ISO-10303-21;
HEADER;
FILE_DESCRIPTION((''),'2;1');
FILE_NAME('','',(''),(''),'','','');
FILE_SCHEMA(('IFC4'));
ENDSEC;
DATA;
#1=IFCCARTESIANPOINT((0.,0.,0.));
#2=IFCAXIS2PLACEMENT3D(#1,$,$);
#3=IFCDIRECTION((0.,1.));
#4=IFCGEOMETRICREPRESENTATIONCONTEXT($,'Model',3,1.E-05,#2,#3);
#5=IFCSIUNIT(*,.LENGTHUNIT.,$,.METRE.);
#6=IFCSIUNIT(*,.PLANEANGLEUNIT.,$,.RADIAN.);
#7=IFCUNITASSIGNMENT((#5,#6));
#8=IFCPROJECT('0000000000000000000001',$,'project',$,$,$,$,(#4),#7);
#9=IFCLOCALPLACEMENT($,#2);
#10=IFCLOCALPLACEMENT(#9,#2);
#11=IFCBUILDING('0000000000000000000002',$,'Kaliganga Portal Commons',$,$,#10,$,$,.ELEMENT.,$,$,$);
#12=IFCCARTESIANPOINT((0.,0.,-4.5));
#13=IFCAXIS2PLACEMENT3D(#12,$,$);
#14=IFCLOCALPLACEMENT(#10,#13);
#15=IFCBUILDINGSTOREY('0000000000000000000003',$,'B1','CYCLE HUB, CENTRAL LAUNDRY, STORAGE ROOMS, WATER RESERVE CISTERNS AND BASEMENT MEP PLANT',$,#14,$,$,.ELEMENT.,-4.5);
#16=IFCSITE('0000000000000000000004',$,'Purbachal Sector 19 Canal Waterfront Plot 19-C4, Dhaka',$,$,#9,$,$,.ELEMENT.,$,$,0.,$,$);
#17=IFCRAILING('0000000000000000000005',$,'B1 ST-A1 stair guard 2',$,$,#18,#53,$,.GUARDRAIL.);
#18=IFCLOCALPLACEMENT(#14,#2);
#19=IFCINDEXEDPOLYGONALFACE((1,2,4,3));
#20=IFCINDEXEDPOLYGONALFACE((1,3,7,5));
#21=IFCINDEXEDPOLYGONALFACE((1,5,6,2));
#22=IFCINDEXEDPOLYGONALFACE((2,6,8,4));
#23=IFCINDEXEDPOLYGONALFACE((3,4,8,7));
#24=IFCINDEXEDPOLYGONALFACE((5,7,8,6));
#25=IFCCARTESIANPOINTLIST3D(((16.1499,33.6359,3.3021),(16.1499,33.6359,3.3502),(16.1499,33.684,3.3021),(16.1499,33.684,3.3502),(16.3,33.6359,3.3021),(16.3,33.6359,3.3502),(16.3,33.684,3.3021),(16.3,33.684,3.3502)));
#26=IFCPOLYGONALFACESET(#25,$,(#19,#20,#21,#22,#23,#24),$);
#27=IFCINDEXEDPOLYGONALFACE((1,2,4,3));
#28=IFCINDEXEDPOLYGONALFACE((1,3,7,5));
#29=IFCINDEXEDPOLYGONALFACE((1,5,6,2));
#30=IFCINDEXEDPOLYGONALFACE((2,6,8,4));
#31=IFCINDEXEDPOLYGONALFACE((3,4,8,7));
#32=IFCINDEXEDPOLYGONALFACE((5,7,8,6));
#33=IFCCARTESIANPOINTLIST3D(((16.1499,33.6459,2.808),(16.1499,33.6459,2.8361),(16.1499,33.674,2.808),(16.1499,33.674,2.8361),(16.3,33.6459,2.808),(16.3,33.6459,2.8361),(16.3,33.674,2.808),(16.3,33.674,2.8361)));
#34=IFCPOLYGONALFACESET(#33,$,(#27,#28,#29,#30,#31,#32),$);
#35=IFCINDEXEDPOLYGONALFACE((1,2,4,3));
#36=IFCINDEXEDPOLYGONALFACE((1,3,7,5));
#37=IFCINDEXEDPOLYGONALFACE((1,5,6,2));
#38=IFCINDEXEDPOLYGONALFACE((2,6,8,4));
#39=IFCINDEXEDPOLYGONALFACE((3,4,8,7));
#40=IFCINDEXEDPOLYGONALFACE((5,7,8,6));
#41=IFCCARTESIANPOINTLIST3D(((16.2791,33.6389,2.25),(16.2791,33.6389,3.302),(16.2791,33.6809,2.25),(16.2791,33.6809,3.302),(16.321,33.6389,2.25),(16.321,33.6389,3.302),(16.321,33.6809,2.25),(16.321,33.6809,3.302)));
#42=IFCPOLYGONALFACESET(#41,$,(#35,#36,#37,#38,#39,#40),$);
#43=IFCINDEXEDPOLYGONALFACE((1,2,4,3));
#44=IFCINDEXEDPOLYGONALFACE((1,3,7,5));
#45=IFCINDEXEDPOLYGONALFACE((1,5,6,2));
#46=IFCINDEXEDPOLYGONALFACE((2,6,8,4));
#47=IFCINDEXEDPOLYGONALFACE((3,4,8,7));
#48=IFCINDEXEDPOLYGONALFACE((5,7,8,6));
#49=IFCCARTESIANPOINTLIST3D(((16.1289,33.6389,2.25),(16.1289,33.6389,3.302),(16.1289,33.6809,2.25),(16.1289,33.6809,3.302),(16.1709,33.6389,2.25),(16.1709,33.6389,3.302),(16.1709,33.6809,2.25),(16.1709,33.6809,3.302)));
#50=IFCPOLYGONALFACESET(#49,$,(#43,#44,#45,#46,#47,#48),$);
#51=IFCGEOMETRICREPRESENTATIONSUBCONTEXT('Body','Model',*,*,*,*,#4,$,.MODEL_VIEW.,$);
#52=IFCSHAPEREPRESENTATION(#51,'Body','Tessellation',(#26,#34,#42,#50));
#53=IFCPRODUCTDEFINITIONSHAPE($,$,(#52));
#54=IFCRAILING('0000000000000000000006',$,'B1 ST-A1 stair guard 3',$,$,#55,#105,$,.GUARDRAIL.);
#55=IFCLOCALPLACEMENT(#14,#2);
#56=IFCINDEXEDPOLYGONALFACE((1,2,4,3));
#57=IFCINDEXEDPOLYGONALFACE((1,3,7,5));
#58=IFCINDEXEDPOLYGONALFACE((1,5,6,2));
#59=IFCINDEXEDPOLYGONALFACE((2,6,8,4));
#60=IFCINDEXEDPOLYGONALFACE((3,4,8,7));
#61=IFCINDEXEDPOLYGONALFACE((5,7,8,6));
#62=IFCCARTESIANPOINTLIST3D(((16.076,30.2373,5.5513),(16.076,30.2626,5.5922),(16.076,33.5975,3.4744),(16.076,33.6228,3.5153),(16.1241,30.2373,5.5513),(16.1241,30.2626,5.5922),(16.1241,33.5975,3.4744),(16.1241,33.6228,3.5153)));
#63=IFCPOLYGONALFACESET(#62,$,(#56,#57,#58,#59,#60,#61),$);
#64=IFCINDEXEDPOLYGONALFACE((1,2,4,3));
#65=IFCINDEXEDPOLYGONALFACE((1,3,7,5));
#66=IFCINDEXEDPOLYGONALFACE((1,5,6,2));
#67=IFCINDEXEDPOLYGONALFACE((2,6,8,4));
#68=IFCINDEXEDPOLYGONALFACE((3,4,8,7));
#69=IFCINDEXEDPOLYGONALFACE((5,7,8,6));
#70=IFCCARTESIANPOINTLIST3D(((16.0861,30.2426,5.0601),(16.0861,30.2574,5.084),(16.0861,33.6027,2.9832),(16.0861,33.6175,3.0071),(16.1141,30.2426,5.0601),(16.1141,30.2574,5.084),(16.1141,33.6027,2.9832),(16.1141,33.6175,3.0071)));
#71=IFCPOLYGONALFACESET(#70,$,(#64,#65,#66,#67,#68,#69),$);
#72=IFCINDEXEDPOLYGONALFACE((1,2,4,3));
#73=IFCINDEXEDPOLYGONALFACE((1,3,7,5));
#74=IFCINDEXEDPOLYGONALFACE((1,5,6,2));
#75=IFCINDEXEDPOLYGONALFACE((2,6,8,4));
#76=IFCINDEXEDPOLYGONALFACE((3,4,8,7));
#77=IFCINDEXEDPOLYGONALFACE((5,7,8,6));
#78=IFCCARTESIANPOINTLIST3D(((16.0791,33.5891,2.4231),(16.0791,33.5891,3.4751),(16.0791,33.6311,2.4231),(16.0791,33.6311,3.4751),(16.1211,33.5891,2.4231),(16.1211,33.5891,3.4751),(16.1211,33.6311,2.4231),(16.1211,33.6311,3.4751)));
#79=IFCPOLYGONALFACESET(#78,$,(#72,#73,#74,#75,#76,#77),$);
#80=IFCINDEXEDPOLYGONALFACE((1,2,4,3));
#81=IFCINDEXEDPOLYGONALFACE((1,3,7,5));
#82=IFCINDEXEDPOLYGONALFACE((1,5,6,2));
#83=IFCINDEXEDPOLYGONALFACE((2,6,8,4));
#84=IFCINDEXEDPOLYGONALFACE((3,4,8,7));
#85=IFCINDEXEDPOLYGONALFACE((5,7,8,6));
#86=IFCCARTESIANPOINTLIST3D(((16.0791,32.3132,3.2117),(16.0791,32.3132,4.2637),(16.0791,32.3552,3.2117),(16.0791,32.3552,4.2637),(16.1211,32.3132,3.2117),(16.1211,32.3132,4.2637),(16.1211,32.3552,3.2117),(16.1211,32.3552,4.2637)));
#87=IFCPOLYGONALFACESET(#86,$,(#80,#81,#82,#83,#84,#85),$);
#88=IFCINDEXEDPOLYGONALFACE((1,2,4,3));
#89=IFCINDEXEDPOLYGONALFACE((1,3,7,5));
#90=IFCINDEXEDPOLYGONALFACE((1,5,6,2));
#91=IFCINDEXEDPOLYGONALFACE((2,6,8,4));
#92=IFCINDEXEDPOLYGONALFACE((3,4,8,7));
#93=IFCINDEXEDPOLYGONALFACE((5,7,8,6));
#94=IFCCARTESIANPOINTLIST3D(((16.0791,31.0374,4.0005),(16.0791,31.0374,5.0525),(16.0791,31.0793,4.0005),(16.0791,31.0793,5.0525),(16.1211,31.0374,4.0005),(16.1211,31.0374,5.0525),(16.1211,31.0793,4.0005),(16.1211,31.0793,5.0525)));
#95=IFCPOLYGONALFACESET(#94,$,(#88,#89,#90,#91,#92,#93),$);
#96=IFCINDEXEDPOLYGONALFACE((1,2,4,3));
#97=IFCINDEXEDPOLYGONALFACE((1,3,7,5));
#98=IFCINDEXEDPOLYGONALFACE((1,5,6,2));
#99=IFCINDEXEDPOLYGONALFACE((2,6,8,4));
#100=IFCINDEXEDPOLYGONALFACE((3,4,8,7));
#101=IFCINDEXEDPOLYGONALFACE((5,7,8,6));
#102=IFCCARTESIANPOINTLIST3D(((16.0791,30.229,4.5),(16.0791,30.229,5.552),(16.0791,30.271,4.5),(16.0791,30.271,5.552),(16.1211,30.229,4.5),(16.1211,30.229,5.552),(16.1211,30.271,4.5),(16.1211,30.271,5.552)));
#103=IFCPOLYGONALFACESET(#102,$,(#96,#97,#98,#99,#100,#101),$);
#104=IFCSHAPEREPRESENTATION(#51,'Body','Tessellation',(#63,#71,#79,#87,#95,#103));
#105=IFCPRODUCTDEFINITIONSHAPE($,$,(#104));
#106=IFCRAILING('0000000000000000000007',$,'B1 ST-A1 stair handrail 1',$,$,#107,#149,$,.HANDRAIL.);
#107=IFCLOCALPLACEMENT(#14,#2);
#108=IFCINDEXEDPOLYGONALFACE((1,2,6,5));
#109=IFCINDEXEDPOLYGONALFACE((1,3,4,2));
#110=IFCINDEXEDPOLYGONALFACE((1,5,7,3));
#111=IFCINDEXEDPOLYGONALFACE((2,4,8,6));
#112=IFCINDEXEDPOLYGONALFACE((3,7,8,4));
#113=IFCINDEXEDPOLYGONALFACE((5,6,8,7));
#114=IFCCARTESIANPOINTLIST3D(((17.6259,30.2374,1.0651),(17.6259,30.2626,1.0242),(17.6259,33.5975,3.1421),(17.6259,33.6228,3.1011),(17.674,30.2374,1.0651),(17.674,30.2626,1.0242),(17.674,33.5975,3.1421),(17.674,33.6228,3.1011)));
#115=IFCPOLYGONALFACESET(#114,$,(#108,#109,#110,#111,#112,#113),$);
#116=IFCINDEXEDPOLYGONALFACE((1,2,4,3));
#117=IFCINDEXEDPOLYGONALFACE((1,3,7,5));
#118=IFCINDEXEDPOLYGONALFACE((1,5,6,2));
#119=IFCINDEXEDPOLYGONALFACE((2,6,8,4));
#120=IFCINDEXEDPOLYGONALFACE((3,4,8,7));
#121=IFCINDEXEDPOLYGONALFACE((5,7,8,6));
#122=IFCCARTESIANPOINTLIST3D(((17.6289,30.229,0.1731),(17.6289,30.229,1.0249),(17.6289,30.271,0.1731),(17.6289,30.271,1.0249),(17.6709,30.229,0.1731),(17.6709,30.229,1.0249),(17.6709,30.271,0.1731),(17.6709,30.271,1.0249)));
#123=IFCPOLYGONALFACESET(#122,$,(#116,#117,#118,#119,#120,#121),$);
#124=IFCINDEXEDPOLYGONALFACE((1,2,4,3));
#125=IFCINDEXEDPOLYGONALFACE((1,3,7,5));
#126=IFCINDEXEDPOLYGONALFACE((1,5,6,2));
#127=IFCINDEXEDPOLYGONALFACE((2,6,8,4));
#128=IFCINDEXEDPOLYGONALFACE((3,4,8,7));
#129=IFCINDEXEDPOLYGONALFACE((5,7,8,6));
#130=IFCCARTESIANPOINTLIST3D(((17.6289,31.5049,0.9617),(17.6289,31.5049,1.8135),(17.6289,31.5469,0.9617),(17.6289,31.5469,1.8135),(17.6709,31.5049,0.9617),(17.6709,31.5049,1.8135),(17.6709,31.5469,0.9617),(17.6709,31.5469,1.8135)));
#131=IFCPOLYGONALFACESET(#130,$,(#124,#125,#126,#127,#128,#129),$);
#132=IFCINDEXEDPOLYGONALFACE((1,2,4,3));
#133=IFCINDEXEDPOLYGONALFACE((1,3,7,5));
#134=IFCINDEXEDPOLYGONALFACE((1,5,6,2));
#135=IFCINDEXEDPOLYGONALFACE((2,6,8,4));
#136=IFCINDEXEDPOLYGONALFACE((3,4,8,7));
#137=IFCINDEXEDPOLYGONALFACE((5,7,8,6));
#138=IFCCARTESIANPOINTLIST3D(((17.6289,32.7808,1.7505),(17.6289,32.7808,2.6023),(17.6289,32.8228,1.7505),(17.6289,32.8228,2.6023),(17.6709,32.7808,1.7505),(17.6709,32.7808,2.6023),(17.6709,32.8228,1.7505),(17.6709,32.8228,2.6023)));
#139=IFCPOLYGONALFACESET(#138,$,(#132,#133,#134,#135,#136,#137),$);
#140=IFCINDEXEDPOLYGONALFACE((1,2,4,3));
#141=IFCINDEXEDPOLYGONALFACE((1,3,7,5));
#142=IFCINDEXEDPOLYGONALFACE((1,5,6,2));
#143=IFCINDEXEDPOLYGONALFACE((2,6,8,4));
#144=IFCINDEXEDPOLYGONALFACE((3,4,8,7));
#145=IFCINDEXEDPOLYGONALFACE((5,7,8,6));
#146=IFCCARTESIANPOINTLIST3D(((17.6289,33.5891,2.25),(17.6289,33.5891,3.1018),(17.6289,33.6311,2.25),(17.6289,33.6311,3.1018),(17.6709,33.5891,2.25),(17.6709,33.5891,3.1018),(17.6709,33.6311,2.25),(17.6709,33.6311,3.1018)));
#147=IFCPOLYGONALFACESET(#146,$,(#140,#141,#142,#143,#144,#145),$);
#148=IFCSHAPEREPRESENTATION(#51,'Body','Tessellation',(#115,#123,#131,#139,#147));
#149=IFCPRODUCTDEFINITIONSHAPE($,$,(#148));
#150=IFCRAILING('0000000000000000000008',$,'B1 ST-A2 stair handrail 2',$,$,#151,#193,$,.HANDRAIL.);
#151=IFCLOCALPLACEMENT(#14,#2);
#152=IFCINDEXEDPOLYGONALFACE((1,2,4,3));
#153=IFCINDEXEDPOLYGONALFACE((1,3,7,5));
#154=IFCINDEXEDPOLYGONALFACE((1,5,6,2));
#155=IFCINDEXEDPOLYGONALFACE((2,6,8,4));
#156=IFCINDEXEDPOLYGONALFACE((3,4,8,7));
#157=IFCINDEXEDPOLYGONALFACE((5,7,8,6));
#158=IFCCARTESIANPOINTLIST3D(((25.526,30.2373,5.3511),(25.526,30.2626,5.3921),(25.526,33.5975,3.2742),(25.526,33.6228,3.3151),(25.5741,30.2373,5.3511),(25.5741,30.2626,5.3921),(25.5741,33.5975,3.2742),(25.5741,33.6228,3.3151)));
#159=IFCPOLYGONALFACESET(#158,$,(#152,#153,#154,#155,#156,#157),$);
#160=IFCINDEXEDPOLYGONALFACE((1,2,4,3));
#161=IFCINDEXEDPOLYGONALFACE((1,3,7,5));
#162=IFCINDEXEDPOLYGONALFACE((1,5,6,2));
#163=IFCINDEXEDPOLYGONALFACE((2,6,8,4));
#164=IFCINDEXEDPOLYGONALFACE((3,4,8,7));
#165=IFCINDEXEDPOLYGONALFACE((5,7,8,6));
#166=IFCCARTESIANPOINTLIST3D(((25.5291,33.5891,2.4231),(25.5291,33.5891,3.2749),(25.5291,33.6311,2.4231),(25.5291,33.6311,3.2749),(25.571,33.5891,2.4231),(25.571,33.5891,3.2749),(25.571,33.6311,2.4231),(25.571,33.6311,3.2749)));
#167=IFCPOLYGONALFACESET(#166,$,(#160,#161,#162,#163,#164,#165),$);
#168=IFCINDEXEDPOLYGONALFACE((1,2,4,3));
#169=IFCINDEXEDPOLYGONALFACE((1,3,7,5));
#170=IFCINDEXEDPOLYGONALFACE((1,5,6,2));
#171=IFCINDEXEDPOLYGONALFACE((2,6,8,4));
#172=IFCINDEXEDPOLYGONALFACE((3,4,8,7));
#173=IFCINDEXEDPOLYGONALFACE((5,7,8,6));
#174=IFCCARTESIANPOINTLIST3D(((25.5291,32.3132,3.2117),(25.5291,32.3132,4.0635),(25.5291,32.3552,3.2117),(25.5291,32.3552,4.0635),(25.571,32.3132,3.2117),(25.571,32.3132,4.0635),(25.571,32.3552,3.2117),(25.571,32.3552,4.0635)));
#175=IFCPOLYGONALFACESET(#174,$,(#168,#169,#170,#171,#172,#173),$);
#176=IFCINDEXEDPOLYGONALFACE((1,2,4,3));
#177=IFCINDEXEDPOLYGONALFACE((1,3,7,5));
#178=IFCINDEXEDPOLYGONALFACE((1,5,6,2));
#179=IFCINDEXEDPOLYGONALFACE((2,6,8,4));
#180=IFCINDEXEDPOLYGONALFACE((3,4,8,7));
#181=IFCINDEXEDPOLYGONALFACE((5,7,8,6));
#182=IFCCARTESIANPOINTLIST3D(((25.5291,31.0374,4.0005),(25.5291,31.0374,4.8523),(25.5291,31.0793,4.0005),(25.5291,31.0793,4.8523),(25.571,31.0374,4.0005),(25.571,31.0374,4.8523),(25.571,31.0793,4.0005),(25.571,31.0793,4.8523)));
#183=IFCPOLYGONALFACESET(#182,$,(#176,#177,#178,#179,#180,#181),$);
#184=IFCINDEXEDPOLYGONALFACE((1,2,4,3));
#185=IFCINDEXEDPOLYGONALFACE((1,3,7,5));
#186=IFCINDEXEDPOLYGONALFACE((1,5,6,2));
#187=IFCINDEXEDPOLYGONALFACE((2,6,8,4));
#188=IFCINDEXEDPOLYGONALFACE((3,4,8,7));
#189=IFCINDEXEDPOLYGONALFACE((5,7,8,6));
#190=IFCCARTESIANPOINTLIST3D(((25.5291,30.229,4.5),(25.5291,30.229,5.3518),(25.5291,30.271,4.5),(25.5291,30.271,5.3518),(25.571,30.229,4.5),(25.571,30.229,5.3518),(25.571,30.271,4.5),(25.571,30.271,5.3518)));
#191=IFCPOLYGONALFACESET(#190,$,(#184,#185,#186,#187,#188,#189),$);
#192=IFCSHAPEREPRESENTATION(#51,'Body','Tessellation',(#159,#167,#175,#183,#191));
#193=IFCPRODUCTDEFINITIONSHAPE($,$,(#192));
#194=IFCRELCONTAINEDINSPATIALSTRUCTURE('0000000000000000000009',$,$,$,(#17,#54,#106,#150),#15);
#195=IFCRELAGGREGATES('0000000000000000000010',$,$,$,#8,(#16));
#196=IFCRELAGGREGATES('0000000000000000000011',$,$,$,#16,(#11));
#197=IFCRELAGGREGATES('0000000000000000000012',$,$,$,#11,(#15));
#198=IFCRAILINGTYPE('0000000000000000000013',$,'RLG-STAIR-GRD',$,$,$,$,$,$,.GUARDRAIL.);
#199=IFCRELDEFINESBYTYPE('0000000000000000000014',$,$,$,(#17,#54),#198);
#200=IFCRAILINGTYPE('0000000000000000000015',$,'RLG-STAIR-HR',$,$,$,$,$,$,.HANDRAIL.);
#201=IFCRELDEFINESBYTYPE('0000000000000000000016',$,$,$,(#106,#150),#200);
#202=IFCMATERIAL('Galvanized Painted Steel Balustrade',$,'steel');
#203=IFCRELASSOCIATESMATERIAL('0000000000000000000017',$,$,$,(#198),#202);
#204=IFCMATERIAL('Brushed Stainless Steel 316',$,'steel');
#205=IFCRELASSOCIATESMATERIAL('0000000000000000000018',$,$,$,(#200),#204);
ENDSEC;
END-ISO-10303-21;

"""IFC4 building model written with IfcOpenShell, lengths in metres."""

from ifc_helpers import new_model, si_unit, direction, frame, origin, origin_2d, place, context, subcontext, project, spatial, rectangle, extrude, material, type_object, element, save


model = new_model("IFC4")

# Units and contexts
model_context = context("Model", 3, precision=1e-05, world=origin(), true_north=direction((0.0, 1.0)))
body_context = subcontext(model_context, "Body", "Model", "MODEL_VIEW")
ifc_project = project(units=[si_unit("LENGTHUNIT", "METRE"), si_unit("PLANEANGLEUNIT", "RADIAN")], contexts=[model_context])

# Site, building, storey
site_placement = place(None, origin())
site = spatial("IfcSite", under=ifc_project, at=site_placement, Name="Purbachal Sector 19 Canal Waterfront Plot 19-C4, Dhaka", CompositionType="ELEMENT", RefElevation=0.0)
building_placement = place(site_placement, origin())
building = spatial("IfcBuilding", under=site, at=building_placement, Name="Kaliganga Portal Commons", CompositionType="ELEMENT")
storey_placement = place(building_placement, frame((0.0, 0.0, -4.5)))
storey = spatial("IfcBuildingStorey", under=building, at=storey_placement, Name="B1", Description="CYCLE HUB, CENTRAL LAUNDRY, STORAGE ROOMS, WATER RESERVE CISTERNS AND BASEMENT MEP PLANT", CompositionType="ELEMENT", Elevation=-4.5)

# Railings
ifc_material_1 = material(Name="Galvanized Painted Steel Balustrade", Category="steel")
railing_type_1 = type_object("IfcRailingType", Name="RLG-STAIR-GRD", PredefinedType="GUARDRAIL", material=ifc_material_1)
railing_1_placement = place(storey_placement, frame((16.3, 33.6599, 2.25)))
element("IfcRailing", 1, at=railing_1_placement, inside=storey, type_object=railing_type_1, Name="B1 ST-A1 stair guard 2", PredefinedType="GUARDRAIL", context=body_context, shape_type="SweptSolid", body=[
    extrude(rectangle(XDim=0.0481, YDim=0.0481, at=origin_2d()), frame((0.0, 0.0, 1.0762), z_axis=(-1.0, 0.0, 0.0), x_axis=(0.0, -1.0, 0.0)), (0.0, 0.0, 1.0), 0.1501),
    extrude(rectangle(XDim=0.0281, YDim=0.0281, at=origin_2d()), frame((0.0, 0.0, 0.572), z_axis=(-1.0, 0.0, 0.0), x_axis=(0.0, -1.0, 0.0)), (0.0, 0.0, 1.0), 0.1501),
    extrude(rectangle(XDim=0.042, YDim=0.042, at=origin_2d()), origin(), (0.0, 0.0, 1.0), 1.052),
    extrude(rectangle(XDim=0.042, YDim=0.042, at=origin_2d()), frame((-0.1501, 0.0, 0.0)), (0.0, 0.0, 1.0), 1.052),
])
railing_2_placement = place(storey_placement, frame((16.1001, 33.6101, 2.4231)))
element("IfcRailing", 2, at=railing_2_placement, inside=storey, type_object=railing_type_1, Name="B1 ST-A1 stair guard 3", PredefinedType="GUARDRAIL", context=body_context, shape_type="SweptSolid", body=[
    extrude(rectangle(XDim=0.0481, YDim=0.0481, at=origin_2d()), frame((0.0, 0.0, 1.0718), z_axis=(0.0, -0.850623, 0.525776), x_axis=(1.0, 0.0, 0.0)), (0.0, 0.0, 1.0), 3.9502),
    extrude(rectangle(XDim=0.0281, YDim=0.0281, at=origin_2d()), frame((0.0, 0.0, 0.572), z_axis=(0.0, -0.850623, 0.525776), x_axis=(1.0, 0.0, 0.0)), (0.0, 0.0, 1.0), 3.9502),
    extrude(rectangle(XDim=0.042, YDim=0.042, at=origin_2d()), origin(), (0.0, 0.0, 1.0), 1.052),
    extrude(rectangle(XDim=0.042, YDim=0.042, at=origin_2d()), frame((0.0, -1.2759, 0.7886)), (0.0, 0.0, 1.0), 1.052),
    extrude(rectangle(XDim=0.042, YDim=0.042, at=origin_2d()), frame((0.0, -2.5518, 1.5774)), (0.0, 0.0, 1.0), 1.052),
    extrude(rectangle(XDim=0.042, YDim=0.042, at=origin_2d()), frame((0.0, -3.3601, 2.0769)), (0.0, 0.0, 1.0), 1.052),
])
ifc_material_2 = material(Name="Brushed Stainless Steel 316", Category="steel")
railing_type_2 = type_object("IfcRailingType", Name="RLG-STAIR-HR", PredefinedType="HANDRAIL", material=ifc_material_2)
railing_3_placement = place(storey_placement, frame((17.6499, 30.25, 0.1731)))
element("IfcRailing", 3, at=railing_3_placement, inside=storey, type_object=railing_type_2, Name="B1 ST-A1 stair handrail 1", PredefinedType="HANDRAIL", context=body_context, shape_type="SweptSolid", body=[
    extrude(rectangle(XDim=0.0481, YDim=0.0481, at=origin_2d()), frame((0.0, 0.0, 0.8716), z_axis=(0.0, 0.850623, 0.525776), x_axis=(-1.0, 0.0, 0.0)), (0.0, 0.0, 1.0), 3.9502),
    extrude(rectangle(XDim=0.042, YDim=0.042, at=origin_2d()), origin(), (0.0, 0.0, 1.0), 0.8518),
    extrude(rectangle(XDim=0.042, YDim=0.042, at=origin_2d()), frame((0.0, 1.2759, 0.7886)), (0.0, 0.0, 1.0), 0.8518),
    extrude(rectangle(XDim=0.042, YDim=0.042, at=origin_2d()), frame((0.0, 2.5518, 1.5774)), (0.0, 0.0, 1.0), 0.8518),
    extrude(rectangle(XDim=0.042, YDim=0.042, at=origin_2d()), frame((0.0, 3.3601, 2.0769)), (0.0, 0.0, 1.0), 0.8518),
])
railing_4_placement = place(storey_placement, frame((25.55, 33.6101, 2.4231)))
element("IfcRailing", 4, at=railing_4_placement, inside=storey, type_object=railing_type_2, Name="B1 ST-A2 stair handrail 2", PredefinedType="HANDRAIL", context=body_context, shape_type="SweptSolid", body=[
    extrude(rectangle(XDim=0.0481, YDim=0.0481, at=origin_2d()), frame((0.0, 0.0, 0.8716), z_axis=(0.0, -0.850623, 0.525776), x_axis=(1.0, 0.0, 0.0)), (0.0, 0.0, 1.0), 3.9502),
    extrude(rectangle(XDim=0.042, YDim=0.042, at=origin_2d()), origin(), (0.0, 0.0, 1.0), 0.8518),
    extrude(rectangle(XDim=0.042, YDim=0.042, at=origin_2d()), frame((0.0, -1.2759, 0.7886)), (0.0, 0.0, 1.0), 0.8518),
    extrude(rectangle(XDim=0.042, YDim=0.042, at=origin_2d()), frame((0.0, -2.5518, 1.5774)), (0.0, 0.0, 1.0), 0.8518),
    extrude(rectangle(XDim=0.042, YDim=0.042, at=origin_2d()), frame((0.0, -3.3601, 2.0769)), (0.0, 0.0, 1.0), 0.8518),
])

save(model, "model.ifc")
